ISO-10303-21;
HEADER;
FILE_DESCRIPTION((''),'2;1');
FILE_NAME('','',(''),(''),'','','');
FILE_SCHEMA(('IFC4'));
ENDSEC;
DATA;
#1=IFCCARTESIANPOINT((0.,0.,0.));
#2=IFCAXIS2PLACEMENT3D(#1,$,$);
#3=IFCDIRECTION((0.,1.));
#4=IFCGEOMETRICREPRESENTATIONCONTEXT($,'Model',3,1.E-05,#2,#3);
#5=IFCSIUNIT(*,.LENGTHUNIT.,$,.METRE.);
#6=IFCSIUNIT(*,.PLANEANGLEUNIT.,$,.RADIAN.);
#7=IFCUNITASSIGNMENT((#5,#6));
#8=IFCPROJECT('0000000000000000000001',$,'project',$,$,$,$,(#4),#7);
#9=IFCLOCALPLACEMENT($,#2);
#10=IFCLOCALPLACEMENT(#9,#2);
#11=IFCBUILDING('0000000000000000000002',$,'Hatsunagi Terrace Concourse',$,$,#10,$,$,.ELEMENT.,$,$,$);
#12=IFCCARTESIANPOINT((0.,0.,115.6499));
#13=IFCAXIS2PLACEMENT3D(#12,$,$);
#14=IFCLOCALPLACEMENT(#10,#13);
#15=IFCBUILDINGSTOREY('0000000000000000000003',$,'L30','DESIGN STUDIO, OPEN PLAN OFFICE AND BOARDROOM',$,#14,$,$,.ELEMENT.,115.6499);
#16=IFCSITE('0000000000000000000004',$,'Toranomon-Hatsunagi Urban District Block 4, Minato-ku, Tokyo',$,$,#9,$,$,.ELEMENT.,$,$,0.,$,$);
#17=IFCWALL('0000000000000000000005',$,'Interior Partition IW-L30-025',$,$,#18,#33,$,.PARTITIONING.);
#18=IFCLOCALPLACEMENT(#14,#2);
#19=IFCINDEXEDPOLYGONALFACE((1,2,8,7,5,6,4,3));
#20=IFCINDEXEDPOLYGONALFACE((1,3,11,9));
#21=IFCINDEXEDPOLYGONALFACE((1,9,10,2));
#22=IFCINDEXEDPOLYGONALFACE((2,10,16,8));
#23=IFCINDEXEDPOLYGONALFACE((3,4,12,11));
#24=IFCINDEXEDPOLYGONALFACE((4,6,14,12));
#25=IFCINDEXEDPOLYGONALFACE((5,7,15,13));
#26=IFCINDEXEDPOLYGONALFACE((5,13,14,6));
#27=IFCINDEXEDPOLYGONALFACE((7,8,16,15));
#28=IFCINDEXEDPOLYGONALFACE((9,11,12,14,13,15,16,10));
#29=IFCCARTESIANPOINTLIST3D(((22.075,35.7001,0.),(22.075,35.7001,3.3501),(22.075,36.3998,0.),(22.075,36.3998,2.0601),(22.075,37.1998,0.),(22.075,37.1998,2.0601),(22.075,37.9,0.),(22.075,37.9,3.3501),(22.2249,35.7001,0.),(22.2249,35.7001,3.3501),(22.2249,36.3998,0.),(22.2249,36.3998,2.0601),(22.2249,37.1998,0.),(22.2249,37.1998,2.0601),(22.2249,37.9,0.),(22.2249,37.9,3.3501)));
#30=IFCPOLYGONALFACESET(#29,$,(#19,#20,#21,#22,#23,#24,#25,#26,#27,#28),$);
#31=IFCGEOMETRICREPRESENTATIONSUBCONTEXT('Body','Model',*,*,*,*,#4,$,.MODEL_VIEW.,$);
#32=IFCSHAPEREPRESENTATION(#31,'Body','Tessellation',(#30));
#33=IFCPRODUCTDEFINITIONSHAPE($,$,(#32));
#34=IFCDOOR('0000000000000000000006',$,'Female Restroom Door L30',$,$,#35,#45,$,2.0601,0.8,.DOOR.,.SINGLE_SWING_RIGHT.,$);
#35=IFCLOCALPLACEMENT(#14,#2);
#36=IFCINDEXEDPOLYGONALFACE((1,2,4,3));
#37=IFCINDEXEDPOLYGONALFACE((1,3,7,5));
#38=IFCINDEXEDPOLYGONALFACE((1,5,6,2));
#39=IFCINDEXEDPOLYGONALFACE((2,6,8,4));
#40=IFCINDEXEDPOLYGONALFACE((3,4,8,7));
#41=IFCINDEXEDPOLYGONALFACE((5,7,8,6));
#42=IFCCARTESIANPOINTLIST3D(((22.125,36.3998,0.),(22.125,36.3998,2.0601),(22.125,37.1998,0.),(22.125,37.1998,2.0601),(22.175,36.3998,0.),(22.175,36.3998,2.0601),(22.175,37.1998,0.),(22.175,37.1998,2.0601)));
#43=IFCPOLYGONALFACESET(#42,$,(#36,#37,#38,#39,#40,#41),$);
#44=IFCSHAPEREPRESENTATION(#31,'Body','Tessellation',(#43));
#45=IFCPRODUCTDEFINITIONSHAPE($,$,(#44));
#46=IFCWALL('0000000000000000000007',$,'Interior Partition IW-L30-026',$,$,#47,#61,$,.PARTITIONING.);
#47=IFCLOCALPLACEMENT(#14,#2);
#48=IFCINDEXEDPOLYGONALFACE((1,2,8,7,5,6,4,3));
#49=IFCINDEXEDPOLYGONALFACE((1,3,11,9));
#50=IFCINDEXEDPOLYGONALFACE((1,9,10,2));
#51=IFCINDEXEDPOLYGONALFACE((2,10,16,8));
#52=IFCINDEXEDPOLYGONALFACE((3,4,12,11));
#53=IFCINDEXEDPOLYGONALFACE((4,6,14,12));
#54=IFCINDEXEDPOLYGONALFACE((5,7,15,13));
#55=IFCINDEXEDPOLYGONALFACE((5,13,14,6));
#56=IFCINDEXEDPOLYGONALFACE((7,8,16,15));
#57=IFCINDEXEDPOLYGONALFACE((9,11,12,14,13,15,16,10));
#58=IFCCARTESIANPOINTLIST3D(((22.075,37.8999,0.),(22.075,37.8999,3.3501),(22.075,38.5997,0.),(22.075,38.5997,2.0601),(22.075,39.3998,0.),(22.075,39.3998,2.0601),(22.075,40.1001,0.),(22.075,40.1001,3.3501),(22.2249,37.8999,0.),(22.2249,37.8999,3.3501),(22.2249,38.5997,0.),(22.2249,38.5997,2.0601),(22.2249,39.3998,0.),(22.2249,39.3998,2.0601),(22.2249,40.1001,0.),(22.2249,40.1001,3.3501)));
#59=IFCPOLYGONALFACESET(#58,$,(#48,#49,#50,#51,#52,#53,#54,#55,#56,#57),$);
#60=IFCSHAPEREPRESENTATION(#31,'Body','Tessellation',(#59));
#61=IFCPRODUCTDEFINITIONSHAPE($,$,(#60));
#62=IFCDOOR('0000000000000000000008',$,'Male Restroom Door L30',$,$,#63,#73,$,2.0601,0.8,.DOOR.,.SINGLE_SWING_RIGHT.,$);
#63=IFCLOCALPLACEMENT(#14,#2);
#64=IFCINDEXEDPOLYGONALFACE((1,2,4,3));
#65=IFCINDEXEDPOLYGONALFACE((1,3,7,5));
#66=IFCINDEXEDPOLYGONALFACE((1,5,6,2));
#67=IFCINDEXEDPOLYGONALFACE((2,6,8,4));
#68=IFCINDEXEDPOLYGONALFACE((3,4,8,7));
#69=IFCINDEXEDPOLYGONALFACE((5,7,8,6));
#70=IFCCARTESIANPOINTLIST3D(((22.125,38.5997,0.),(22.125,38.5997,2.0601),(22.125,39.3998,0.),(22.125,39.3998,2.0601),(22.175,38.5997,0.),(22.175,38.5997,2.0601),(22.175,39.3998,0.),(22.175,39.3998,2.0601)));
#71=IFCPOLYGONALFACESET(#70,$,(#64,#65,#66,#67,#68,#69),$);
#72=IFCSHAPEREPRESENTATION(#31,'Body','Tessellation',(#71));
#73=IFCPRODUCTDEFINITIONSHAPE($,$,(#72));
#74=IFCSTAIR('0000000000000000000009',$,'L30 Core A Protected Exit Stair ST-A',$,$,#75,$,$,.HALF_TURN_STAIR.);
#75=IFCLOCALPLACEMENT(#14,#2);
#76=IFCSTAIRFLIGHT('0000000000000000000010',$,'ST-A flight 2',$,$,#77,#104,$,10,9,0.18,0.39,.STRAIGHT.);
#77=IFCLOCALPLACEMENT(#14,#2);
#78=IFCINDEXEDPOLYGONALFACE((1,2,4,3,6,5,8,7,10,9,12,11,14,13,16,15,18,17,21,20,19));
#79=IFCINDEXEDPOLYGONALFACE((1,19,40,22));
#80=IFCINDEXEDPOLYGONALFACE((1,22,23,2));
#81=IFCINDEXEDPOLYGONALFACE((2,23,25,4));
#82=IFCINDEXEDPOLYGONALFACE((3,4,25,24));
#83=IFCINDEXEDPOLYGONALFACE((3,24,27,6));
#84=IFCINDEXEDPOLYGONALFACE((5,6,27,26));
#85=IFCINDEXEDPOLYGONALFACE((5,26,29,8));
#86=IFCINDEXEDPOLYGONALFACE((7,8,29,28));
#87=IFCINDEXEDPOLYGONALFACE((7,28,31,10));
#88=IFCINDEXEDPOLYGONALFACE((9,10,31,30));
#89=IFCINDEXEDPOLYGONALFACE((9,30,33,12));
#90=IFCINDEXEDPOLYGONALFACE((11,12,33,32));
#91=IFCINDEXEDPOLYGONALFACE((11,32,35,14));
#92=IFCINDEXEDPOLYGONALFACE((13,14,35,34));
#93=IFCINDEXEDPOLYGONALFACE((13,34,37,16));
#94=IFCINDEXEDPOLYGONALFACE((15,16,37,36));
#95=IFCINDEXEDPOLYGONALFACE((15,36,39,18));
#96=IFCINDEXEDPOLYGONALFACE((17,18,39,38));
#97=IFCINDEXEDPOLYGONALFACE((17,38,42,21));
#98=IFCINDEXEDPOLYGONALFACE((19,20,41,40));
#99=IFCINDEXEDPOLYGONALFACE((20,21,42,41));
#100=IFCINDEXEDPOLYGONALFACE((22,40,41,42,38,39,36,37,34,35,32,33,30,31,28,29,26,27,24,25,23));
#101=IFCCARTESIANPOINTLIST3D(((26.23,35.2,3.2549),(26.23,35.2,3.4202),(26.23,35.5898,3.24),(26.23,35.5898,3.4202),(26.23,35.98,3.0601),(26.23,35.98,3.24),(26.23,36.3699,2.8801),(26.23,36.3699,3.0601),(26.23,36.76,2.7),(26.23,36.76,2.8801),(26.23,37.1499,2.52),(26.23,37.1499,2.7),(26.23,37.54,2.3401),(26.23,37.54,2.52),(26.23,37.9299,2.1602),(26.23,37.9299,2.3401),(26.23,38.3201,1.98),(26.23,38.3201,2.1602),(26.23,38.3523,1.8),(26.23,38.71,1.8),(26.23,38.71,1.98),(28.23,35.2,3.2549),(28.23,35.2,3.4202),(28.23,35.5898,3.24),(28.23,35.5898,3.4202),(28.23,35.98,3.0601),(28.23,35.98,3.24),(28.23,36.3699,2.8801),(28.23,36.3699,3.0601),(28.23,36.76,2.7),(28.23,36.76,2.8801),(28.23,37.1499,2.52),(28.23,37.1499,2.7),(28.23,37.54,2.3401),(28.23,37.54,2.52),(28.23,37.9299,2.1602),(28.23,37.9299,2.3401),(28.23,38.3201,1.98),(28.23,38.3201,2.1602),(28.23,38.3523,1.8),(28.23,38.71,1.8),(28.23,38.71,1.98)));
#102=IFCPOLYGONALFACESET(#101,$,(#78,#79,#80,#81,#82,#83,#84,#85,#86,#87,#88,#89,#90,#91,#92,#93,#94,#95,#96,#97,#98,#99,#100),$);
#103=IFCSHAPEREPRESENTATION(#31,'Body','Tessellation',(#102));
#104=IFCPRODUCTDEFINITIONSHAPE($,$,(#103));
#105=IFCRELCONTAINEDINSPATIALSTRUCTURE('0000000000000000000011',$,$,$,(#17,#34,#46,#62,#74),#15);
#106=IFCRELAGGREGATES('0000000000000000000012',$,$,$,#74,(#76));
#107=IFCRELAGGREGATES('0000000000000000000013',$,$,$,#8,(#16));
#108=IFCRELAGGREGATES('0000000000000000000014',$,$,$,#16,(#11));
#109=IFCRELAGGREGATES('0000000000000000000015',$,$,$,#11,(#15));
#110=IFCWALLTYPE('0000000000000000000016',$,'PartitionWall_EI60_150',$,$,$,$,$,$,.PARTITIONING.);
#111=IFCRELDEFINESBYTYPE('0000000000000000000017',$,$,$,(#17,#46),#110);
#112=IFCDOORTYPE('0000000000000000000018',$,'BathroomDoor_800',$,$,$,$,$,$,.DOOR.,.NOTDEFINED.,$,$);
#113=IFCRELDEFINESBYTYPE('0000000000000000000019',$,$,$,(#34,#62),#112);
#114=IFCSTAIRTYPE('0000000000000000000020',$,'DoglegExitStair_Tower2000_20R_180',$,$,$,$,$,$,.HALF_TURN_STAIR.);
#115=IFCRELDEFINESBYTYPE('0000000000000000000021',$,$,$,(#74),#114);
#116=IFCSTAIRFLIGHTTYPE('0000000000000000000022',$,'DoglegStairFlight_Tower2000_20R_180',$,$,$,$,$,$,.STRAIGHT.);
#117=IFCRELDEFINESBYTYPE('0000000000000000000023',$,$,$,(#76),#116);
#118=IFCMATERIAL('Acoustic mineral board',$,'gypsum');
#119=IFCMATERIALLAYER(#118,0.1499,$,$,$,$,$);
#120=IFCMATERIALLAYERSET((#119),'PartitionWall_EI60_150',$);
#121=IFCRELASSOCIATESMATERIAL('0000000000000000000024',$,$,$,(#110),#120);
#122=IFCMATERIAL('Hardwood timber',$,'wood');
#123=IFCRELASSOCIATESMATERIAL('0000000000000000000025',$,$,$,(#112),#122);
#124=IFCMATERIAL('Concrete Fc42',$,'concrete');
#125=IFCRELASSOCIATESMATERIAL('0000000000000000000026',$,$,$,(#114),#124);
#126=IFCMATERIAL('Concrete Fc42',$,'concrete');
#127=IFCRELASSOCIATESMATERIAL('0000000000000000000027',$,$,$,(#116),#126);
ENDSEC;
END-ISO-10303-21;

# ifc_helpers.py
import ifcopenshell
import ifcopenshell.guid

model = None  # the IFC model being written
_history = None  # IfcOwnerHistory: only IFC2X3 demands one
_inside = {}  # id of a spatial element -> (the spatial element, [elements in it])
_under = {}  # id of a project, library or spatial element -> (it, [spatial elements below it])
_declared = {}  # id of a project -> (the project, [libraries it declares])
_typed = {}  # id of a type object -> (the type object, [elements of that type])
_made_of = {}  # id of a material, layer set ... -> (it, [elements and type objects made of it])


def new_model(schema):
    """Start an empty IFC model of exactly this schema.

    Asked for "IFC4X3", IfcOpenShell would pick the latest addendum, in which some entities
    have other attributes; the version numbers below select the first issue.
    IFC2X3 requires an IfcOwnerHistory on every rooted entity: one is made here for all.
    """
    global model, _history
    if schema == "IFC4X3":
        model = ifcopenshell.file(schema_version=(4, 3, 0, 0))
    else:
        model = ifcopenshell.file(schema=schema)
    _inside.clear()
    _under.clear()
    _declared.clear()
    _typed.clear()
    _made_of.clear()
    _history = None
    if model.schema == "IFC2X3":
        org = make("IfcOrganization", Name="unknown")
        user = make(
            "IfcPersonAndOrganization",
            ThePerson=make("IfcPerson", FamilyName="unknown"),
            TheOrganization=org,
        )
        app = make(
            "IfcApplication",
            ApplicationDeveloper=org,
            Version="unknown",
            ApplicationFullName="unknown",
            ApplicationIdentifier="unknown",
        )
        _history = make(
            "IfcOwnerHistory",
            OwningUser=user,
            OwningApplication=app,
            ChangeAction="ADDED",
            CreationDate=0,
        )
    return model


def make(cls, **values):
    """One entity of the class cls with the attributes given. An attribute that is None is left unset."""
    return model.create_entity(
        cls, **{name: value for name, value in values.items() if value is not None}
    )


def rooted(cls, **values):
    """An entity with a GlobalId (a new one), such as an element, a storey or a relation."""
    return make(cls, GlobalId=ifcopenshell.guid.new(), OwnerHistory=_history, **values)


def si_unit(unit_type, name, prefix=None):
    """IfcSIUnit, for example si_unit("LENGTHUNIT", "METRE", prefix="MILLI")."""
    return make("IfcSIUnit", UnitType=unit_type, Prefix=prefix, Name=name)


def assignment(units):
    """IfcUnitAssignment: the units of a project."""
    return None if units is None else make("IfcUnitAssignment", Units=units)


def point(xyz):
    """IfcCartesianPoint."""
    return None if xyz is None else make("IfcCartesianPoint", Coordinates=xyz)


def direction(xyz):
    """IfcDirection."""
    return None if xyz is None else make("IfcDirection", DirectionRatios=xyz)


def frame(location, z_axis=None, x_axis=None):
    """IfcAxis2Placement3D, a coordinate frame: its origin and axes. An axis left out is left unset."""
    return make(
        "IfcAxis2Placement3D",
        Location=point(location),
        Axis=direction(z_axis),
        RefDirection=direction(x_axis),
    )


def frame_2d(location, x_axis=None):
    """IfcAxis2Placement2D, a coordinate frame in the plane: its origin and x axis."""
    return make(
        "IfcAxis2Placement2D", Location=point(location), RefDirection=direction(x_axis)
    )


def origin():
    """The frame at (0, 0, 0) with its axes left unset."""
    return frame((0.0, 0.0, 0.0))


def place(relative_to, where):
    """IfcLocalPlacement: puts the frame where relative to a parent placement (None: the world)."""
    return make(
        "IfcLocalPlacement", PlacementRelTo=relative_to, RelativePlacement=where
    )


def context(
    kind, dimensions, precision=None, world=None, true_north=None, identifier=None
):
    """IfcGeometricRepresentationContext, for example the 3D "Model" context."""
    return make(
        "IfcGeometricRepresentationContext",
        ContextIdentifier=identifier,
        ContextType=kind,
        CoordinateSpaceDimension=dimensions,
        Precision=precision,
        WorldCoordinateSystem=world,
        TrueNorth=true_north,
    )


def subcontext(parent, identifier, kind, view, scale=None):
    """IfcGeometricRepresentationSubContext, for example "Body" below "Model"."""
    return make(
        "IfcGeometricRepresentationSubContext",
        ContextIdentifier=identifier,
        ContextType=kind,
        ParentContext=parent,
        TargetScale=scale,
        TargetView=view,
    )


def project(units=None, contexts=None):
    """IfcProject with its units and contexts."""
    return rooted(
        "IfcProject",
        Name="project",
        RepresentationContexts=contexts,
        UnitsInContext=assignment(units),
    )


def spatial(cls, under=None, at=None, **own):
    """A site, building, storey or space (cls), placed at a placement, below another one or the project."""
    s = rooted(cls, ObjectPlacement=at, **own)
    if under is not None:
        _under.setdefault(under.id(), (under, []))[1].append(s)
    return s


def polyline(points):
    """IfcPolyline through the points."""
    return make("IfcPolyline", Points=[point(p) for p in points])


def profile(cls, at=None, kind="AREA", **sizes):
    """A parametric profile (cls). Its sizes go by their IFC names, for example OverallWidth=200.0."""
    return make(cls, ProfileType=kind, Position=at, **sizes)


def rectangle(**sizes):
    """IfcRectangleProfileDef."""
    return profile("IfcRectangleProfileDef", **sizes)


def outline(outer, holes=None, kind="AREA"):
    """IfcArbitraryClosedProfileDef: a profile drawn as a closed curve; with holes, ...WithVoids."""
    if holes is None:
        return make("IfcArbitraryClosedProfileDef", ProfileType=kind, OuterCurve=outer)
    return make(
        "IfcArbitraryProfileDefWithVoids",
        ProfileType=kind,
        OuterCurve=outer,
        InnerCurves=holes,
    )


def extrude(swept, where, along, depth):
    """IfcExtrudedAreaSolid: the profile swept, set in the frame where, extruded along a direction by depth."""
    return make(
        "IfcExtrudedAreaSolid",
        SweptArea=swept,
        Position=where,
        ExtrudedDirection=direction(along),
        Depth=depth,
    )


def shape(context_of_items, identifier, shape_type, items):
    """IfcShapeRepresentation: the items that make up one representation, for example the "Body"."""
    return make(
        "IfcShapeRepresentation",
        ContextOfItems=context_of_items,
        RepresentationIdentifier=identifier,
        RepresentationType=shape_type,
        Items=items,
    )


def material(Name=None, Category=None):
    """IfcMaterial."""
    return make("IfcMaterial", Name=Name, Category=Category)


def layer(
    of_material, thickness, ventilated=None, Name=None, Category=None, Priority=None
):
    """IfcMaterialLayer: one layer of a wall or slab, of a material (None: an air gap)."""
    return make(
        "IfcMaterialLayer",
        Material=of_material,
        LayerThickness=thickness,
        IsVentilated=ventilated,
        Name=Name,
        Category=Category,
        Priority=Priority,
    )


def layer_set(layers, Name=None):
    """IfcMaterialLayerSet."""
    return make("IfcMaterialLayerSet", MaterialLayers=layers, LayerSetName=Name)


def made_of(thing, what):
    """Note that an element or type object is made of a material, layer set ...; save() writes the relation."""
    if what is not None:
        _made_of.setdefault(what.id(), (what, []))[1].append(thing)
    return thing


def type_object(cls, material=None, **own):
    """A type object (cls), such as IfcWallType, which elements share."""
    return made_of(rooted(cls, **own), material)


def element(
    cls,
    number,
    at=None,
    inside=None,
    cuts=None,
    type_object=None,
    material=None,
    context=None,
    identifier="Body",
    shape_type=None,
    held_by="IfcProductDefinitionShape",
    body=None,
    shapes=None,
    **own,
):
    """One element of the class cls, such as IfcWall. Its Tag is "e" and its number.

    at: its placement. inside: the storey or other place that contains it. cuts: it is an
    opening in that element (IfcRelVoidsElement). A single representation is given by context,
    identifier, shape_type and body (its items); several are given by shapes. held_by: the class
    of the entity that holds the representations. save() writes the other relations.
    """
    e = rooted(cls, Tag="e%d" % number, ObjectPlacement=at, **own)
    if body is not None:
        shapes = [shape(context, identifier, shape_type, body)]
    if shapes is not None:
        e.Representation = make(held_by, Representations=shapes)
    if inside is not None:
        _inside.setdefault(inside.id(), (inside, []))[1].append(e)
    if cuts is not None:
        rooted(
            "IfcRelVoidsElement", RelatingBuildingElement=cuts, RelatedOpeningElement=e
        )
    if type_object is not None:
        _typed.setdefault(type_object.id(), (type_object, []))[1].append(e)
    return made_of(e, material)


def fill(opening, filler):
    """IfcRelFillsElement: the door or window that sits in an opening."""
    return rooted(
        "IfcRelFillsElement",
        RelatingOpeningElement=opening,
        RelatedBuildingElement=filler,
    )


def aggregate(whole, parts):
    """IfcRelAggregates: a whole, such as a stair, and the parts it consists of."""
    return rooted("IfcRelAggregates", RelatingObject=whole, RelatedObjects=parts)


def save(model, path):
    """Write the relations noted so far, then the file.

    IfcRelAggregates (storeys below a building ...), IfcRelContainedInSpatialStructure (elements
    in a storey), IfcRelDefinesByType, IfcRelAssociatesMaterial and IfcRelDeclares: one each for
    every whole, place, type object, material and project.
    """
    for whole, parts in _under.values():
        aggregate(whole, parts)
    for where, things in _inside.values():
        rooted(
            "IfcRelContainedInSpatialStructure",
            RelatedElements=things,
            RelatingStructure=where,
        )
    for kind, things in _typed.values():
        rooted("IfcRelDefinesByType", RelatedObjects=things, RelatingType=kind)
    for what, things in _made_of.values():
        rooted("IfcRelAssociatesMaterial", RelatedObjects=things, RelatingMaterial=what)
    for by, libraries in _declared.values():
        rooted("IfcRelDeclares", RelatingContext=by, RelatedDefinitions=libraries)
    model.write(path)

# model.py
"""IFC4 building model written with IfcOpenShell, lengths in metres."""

from ifc_helpers import new_model, si_unit, direction, frame, frame_2d, origin, place, context, subcontext, project, spatial, polyline, rectangle, outline, extrude, material, layer, layer_set, type_object, element, fill, aggregate, save


model = new_model("IFC4")

# Units and contexts
model_context = context("Model", 3, precision=1e-05, world=origin(), true_north=direction((0.0, 1.0)))
body_context = subcontext(model_context, "Body", "Model", "MODEL_VIEW")
ifc_project = project(units=[si_unit("LENGTHUNIT", "METRE"), si_unit("PLANEANGLEUNIT", "RADIAN")], contexts=[model_context])

# Site, building, storey
site_placement = place(None, origin())
site = spatial("IfcSite", under=ifc_project, at=site_placement, Name="Toranomon-Hatsunagi Urban District Block 4, Minato-ku, Tokyo", CompositionType="ELEMENT", RefElevation=0.0)
building_placement = place(site_placement, origin())
building = spatial("IfcBuilding", under=site, at=building_placement, Name="Hatsunagi Terrace Concourse", CompositionType="ELEMENT")
storey_placement = place(building_placement, frame((0.0, 0.0, 115.6499)))
storey = spatial("IfcBuildingStorey", under=building, at=storey_placement, Name="L30", Description="DESIGN STUDIO, OPEN PLAN OFFICE AND BOARDROOM", CompositionType="ELEMENT", Elevation=115.6499)

# Shared definitions
ifc_material_1 = material(Name="Acoustic mineral board", Category="gypsum")
ifc_layer_1 = layer(ifc_material_1, 0.1499)
ifc_layer_set_1 = layer_set([ifc_layer_1], Name="PartitionWall_EI60_150")
wall_type = type_object("IfcWallType", Name="PartitionWall_EI60_150", PredefinedType="PARTITIONING", material=ifc_layer_set_1)

# Walls, openings, doors
ifc_material_2 = material(Name="Hardwood timber", Category="wood")
door_type = type_object("IfcDoorType", Name="BathroomDoor_800", OperationType="NOTDEFINED", PredefinedType="DOOR", material=ifc_material_2)
wall_1_placement = place(storey_placement, frame((22.1499, 35.7, 0.0), z_axis=(0.0, 0.0, 1.0), x_axis=(0.0, 1.0, 0.0)))
wall_1 = element("IfcWall", 1, at=wall_1_placement, inside=storey, type_object=wall_type, Name="Interior Partition IW-L30-025", PredefinedType="PARTITIONING", context=body_context, shape_type="SweptSolid", body=[
    extrude(rectangle(XDim=2.2, YDim=0.1499, at=frame_2d((1.1001, 0.0))), origin(), (0.0, 0.0, 1.0), 3.3501),
])
opening_1_placement = place(wall_1_placement, frame((0.7, 0.0, 0.0)))
opening_1 = element("IfcOpeningElement", 2, at=opening_1_placement, cuts=wall_1, PredefinedType="OPENING", context=body_context, shape_type="SweptSolid", body=[
    extrude(rectangle(XDim=0.8, YDim=2.0601, at=frame_2d((0.3999, 1.03))), frame((0.0, 0.085, 0.0), z_axis=(0.0, -1.0, 0.0), x_axis=(1.0, 0.0, 0.0)), (0.0, 0.0, 1.0), 0.1699),
])
door_1_placement = place(opening_1_placement, origin())
door_1 = element("IfcDoor", 3, at=door_1_placement, inside=storey, type_object=door_type, Name="Female Restroom Door L30", OperationType="SINGLE_SWING_RIGHT", OverallHeight=2.0601, OverallWidth=0.8, PredefinedType="DOOR", context=body_context, shape_type="SweptSolid", body=[
    extrude(rectangle(XDim=0.8, YDim=2.0601, at=frame_2d((0.3999, 1.03))), frame((0.0, 0.0249, 0.0), z_axis=(0.0, -1.0, 0.0), x_axis=(1.0, 0.0, 0.0)), (0.0, 0.0, 1.0), 0.05),
])
fill(opening_1, door_1)
wall_2_placement = place(storey_placement, frame((22.1499, 37.8999, 0.0), z_axis=(0.0, 0.0, 1.0), x_axis=(0.0, 1.0, 0.0)))
wall_2 = element("IfcWall", 4, at=wall_2_placement, inside=storey, type_object=wall_type, Name="Interior Partition IW-L30-026", PredefinedType="PARTITIONING", context=body_context, shape_type="SweptSolid", body=[
    extrude(rectangle(XDim=2.2002, YDim=0.1499, at=frame_2d((1.1001, 0.0))), origin(), (0.0, 0.0, 1.0), 3.3501),
])
opening_2_placement = place(wall_2_placement, frame((0.7, 0.0, 0.0)))
opening_2 = element("IfcOpeningElement", 5, at=opening_2_placement, cuts=wall_2, PredefinedType="OPENING", context=body_context, shape_type="SweptSolid", body=[
    extrude(rectangle(XDim=0.8, YDim=2.0601, at=frame_2d((0.3999, 1.03))), frame((0.0, 0.085, 0.0), z_axis=(0.0, -1.0, 0.0), x_axis=(1.0, 0.0, 0.0)), (0.0, 0.0, 1.0), 0.1699),
])
door_2_placement = place(opening_2_placement, origin())
door_2 = element("IfcDoor", 6, at=door_2_placement, inside=storey, type_object=door_type, Name="Male Restroom Door L30", OperationType="SINGLE_SWING_RIGHT", OverallHeight=2.0601, OverallWidth=0.8, PredefinedType="DOOR", context=body_context, shape_type="SweptSolid", body=[
    extrude(rectangle(XDim=0.8, YDim=2.0601, at=frame_2d((0.3999, 1.03))), frame((0.0, 0.0249, 0.0), z_axis=(0.0, -1.0, 0.0), x_axis=(1.0, 0.0, 0.0)), (0.0, 0.0, 1.0), 0.05),
])
fill(opening_2, door_2)

# Stair, stair flight
ifc_material_3 = material(Name="Concrete Fc42", Category="concrete")
stair_type = type_object("IfcStairType", Name="DoglegExitStair_Tower2000_20R_180", PredefinedType="HALF_TURN_STAIR", material=ifc_material_3)
stair_placement = place(storey_placement, origin())
stair = element("IfcStair", 7, at=stair_placement, inside=storey, type_object=stair_type, Name="L30 Core A Protected Exit Stair ST-A", PredefinedType="HALF_TURN_STAIR")
ifc_material_4 = material(Name="Concrete Fc42", Category="concrete")
stair_flight_type = type_object("IfcStairFlightType", Name="DoglegStairFlight_Tower2000_20R_180", PredefinedType="STRAIGHT", material=ifc_material_4)
stair_flight_placement = place(storey_placement, frame((27.23, 38.71, 1.8), z_axis=(0.0, 0.0, 1.0), x_axis=(0.0, -1.0, 0.0)))
stair_flight = element("IfcStairFlight", 8, at=stair_flight_placement, type_object=stair_flight_type, Name="ST-A flight 2", NumberOfRisers=10, NumberOfTreads=9, PredefinedType="STRAIGHT", RiserHeight=0.18, TreadLength=0.39, context=body_context, shape_type="SweptSolid", body=[
    extrude(outline(polyline([(0.0, 0.0), (0.0, 0.1799), (0.3899, 0.1799), (0.3899, 0.3601), (0.78, 0.3601), (0.78, 0.54), (1.1699, 0.54), (1.1699, 0.72), (1.5601, 0.72), (1.5601, 0.8999), (1.95, 0.8999), (1.95, 1.0801), (2.3401, 1.0801), (2.3401, 1.26), (2.73, 1.26), (2.73, 1.4399), (3.1201, 1.4399), (3.1201, 1.6201), (3.51, 1.6201), (3.51, 1.8), (3.51, 1.4548), (0.3577, 0.0), (0.0, 0.0)])), frame((0.0, 1.0, 0.0), z_axis=(0.0, -1.0, 0.0), x_axis=(1.0, 0.0, 0.0)), (0.0, 0.0, 1.0), 2.0),
])
aggregate(stair, [stair_flight])

save(model, "model.ifc")
